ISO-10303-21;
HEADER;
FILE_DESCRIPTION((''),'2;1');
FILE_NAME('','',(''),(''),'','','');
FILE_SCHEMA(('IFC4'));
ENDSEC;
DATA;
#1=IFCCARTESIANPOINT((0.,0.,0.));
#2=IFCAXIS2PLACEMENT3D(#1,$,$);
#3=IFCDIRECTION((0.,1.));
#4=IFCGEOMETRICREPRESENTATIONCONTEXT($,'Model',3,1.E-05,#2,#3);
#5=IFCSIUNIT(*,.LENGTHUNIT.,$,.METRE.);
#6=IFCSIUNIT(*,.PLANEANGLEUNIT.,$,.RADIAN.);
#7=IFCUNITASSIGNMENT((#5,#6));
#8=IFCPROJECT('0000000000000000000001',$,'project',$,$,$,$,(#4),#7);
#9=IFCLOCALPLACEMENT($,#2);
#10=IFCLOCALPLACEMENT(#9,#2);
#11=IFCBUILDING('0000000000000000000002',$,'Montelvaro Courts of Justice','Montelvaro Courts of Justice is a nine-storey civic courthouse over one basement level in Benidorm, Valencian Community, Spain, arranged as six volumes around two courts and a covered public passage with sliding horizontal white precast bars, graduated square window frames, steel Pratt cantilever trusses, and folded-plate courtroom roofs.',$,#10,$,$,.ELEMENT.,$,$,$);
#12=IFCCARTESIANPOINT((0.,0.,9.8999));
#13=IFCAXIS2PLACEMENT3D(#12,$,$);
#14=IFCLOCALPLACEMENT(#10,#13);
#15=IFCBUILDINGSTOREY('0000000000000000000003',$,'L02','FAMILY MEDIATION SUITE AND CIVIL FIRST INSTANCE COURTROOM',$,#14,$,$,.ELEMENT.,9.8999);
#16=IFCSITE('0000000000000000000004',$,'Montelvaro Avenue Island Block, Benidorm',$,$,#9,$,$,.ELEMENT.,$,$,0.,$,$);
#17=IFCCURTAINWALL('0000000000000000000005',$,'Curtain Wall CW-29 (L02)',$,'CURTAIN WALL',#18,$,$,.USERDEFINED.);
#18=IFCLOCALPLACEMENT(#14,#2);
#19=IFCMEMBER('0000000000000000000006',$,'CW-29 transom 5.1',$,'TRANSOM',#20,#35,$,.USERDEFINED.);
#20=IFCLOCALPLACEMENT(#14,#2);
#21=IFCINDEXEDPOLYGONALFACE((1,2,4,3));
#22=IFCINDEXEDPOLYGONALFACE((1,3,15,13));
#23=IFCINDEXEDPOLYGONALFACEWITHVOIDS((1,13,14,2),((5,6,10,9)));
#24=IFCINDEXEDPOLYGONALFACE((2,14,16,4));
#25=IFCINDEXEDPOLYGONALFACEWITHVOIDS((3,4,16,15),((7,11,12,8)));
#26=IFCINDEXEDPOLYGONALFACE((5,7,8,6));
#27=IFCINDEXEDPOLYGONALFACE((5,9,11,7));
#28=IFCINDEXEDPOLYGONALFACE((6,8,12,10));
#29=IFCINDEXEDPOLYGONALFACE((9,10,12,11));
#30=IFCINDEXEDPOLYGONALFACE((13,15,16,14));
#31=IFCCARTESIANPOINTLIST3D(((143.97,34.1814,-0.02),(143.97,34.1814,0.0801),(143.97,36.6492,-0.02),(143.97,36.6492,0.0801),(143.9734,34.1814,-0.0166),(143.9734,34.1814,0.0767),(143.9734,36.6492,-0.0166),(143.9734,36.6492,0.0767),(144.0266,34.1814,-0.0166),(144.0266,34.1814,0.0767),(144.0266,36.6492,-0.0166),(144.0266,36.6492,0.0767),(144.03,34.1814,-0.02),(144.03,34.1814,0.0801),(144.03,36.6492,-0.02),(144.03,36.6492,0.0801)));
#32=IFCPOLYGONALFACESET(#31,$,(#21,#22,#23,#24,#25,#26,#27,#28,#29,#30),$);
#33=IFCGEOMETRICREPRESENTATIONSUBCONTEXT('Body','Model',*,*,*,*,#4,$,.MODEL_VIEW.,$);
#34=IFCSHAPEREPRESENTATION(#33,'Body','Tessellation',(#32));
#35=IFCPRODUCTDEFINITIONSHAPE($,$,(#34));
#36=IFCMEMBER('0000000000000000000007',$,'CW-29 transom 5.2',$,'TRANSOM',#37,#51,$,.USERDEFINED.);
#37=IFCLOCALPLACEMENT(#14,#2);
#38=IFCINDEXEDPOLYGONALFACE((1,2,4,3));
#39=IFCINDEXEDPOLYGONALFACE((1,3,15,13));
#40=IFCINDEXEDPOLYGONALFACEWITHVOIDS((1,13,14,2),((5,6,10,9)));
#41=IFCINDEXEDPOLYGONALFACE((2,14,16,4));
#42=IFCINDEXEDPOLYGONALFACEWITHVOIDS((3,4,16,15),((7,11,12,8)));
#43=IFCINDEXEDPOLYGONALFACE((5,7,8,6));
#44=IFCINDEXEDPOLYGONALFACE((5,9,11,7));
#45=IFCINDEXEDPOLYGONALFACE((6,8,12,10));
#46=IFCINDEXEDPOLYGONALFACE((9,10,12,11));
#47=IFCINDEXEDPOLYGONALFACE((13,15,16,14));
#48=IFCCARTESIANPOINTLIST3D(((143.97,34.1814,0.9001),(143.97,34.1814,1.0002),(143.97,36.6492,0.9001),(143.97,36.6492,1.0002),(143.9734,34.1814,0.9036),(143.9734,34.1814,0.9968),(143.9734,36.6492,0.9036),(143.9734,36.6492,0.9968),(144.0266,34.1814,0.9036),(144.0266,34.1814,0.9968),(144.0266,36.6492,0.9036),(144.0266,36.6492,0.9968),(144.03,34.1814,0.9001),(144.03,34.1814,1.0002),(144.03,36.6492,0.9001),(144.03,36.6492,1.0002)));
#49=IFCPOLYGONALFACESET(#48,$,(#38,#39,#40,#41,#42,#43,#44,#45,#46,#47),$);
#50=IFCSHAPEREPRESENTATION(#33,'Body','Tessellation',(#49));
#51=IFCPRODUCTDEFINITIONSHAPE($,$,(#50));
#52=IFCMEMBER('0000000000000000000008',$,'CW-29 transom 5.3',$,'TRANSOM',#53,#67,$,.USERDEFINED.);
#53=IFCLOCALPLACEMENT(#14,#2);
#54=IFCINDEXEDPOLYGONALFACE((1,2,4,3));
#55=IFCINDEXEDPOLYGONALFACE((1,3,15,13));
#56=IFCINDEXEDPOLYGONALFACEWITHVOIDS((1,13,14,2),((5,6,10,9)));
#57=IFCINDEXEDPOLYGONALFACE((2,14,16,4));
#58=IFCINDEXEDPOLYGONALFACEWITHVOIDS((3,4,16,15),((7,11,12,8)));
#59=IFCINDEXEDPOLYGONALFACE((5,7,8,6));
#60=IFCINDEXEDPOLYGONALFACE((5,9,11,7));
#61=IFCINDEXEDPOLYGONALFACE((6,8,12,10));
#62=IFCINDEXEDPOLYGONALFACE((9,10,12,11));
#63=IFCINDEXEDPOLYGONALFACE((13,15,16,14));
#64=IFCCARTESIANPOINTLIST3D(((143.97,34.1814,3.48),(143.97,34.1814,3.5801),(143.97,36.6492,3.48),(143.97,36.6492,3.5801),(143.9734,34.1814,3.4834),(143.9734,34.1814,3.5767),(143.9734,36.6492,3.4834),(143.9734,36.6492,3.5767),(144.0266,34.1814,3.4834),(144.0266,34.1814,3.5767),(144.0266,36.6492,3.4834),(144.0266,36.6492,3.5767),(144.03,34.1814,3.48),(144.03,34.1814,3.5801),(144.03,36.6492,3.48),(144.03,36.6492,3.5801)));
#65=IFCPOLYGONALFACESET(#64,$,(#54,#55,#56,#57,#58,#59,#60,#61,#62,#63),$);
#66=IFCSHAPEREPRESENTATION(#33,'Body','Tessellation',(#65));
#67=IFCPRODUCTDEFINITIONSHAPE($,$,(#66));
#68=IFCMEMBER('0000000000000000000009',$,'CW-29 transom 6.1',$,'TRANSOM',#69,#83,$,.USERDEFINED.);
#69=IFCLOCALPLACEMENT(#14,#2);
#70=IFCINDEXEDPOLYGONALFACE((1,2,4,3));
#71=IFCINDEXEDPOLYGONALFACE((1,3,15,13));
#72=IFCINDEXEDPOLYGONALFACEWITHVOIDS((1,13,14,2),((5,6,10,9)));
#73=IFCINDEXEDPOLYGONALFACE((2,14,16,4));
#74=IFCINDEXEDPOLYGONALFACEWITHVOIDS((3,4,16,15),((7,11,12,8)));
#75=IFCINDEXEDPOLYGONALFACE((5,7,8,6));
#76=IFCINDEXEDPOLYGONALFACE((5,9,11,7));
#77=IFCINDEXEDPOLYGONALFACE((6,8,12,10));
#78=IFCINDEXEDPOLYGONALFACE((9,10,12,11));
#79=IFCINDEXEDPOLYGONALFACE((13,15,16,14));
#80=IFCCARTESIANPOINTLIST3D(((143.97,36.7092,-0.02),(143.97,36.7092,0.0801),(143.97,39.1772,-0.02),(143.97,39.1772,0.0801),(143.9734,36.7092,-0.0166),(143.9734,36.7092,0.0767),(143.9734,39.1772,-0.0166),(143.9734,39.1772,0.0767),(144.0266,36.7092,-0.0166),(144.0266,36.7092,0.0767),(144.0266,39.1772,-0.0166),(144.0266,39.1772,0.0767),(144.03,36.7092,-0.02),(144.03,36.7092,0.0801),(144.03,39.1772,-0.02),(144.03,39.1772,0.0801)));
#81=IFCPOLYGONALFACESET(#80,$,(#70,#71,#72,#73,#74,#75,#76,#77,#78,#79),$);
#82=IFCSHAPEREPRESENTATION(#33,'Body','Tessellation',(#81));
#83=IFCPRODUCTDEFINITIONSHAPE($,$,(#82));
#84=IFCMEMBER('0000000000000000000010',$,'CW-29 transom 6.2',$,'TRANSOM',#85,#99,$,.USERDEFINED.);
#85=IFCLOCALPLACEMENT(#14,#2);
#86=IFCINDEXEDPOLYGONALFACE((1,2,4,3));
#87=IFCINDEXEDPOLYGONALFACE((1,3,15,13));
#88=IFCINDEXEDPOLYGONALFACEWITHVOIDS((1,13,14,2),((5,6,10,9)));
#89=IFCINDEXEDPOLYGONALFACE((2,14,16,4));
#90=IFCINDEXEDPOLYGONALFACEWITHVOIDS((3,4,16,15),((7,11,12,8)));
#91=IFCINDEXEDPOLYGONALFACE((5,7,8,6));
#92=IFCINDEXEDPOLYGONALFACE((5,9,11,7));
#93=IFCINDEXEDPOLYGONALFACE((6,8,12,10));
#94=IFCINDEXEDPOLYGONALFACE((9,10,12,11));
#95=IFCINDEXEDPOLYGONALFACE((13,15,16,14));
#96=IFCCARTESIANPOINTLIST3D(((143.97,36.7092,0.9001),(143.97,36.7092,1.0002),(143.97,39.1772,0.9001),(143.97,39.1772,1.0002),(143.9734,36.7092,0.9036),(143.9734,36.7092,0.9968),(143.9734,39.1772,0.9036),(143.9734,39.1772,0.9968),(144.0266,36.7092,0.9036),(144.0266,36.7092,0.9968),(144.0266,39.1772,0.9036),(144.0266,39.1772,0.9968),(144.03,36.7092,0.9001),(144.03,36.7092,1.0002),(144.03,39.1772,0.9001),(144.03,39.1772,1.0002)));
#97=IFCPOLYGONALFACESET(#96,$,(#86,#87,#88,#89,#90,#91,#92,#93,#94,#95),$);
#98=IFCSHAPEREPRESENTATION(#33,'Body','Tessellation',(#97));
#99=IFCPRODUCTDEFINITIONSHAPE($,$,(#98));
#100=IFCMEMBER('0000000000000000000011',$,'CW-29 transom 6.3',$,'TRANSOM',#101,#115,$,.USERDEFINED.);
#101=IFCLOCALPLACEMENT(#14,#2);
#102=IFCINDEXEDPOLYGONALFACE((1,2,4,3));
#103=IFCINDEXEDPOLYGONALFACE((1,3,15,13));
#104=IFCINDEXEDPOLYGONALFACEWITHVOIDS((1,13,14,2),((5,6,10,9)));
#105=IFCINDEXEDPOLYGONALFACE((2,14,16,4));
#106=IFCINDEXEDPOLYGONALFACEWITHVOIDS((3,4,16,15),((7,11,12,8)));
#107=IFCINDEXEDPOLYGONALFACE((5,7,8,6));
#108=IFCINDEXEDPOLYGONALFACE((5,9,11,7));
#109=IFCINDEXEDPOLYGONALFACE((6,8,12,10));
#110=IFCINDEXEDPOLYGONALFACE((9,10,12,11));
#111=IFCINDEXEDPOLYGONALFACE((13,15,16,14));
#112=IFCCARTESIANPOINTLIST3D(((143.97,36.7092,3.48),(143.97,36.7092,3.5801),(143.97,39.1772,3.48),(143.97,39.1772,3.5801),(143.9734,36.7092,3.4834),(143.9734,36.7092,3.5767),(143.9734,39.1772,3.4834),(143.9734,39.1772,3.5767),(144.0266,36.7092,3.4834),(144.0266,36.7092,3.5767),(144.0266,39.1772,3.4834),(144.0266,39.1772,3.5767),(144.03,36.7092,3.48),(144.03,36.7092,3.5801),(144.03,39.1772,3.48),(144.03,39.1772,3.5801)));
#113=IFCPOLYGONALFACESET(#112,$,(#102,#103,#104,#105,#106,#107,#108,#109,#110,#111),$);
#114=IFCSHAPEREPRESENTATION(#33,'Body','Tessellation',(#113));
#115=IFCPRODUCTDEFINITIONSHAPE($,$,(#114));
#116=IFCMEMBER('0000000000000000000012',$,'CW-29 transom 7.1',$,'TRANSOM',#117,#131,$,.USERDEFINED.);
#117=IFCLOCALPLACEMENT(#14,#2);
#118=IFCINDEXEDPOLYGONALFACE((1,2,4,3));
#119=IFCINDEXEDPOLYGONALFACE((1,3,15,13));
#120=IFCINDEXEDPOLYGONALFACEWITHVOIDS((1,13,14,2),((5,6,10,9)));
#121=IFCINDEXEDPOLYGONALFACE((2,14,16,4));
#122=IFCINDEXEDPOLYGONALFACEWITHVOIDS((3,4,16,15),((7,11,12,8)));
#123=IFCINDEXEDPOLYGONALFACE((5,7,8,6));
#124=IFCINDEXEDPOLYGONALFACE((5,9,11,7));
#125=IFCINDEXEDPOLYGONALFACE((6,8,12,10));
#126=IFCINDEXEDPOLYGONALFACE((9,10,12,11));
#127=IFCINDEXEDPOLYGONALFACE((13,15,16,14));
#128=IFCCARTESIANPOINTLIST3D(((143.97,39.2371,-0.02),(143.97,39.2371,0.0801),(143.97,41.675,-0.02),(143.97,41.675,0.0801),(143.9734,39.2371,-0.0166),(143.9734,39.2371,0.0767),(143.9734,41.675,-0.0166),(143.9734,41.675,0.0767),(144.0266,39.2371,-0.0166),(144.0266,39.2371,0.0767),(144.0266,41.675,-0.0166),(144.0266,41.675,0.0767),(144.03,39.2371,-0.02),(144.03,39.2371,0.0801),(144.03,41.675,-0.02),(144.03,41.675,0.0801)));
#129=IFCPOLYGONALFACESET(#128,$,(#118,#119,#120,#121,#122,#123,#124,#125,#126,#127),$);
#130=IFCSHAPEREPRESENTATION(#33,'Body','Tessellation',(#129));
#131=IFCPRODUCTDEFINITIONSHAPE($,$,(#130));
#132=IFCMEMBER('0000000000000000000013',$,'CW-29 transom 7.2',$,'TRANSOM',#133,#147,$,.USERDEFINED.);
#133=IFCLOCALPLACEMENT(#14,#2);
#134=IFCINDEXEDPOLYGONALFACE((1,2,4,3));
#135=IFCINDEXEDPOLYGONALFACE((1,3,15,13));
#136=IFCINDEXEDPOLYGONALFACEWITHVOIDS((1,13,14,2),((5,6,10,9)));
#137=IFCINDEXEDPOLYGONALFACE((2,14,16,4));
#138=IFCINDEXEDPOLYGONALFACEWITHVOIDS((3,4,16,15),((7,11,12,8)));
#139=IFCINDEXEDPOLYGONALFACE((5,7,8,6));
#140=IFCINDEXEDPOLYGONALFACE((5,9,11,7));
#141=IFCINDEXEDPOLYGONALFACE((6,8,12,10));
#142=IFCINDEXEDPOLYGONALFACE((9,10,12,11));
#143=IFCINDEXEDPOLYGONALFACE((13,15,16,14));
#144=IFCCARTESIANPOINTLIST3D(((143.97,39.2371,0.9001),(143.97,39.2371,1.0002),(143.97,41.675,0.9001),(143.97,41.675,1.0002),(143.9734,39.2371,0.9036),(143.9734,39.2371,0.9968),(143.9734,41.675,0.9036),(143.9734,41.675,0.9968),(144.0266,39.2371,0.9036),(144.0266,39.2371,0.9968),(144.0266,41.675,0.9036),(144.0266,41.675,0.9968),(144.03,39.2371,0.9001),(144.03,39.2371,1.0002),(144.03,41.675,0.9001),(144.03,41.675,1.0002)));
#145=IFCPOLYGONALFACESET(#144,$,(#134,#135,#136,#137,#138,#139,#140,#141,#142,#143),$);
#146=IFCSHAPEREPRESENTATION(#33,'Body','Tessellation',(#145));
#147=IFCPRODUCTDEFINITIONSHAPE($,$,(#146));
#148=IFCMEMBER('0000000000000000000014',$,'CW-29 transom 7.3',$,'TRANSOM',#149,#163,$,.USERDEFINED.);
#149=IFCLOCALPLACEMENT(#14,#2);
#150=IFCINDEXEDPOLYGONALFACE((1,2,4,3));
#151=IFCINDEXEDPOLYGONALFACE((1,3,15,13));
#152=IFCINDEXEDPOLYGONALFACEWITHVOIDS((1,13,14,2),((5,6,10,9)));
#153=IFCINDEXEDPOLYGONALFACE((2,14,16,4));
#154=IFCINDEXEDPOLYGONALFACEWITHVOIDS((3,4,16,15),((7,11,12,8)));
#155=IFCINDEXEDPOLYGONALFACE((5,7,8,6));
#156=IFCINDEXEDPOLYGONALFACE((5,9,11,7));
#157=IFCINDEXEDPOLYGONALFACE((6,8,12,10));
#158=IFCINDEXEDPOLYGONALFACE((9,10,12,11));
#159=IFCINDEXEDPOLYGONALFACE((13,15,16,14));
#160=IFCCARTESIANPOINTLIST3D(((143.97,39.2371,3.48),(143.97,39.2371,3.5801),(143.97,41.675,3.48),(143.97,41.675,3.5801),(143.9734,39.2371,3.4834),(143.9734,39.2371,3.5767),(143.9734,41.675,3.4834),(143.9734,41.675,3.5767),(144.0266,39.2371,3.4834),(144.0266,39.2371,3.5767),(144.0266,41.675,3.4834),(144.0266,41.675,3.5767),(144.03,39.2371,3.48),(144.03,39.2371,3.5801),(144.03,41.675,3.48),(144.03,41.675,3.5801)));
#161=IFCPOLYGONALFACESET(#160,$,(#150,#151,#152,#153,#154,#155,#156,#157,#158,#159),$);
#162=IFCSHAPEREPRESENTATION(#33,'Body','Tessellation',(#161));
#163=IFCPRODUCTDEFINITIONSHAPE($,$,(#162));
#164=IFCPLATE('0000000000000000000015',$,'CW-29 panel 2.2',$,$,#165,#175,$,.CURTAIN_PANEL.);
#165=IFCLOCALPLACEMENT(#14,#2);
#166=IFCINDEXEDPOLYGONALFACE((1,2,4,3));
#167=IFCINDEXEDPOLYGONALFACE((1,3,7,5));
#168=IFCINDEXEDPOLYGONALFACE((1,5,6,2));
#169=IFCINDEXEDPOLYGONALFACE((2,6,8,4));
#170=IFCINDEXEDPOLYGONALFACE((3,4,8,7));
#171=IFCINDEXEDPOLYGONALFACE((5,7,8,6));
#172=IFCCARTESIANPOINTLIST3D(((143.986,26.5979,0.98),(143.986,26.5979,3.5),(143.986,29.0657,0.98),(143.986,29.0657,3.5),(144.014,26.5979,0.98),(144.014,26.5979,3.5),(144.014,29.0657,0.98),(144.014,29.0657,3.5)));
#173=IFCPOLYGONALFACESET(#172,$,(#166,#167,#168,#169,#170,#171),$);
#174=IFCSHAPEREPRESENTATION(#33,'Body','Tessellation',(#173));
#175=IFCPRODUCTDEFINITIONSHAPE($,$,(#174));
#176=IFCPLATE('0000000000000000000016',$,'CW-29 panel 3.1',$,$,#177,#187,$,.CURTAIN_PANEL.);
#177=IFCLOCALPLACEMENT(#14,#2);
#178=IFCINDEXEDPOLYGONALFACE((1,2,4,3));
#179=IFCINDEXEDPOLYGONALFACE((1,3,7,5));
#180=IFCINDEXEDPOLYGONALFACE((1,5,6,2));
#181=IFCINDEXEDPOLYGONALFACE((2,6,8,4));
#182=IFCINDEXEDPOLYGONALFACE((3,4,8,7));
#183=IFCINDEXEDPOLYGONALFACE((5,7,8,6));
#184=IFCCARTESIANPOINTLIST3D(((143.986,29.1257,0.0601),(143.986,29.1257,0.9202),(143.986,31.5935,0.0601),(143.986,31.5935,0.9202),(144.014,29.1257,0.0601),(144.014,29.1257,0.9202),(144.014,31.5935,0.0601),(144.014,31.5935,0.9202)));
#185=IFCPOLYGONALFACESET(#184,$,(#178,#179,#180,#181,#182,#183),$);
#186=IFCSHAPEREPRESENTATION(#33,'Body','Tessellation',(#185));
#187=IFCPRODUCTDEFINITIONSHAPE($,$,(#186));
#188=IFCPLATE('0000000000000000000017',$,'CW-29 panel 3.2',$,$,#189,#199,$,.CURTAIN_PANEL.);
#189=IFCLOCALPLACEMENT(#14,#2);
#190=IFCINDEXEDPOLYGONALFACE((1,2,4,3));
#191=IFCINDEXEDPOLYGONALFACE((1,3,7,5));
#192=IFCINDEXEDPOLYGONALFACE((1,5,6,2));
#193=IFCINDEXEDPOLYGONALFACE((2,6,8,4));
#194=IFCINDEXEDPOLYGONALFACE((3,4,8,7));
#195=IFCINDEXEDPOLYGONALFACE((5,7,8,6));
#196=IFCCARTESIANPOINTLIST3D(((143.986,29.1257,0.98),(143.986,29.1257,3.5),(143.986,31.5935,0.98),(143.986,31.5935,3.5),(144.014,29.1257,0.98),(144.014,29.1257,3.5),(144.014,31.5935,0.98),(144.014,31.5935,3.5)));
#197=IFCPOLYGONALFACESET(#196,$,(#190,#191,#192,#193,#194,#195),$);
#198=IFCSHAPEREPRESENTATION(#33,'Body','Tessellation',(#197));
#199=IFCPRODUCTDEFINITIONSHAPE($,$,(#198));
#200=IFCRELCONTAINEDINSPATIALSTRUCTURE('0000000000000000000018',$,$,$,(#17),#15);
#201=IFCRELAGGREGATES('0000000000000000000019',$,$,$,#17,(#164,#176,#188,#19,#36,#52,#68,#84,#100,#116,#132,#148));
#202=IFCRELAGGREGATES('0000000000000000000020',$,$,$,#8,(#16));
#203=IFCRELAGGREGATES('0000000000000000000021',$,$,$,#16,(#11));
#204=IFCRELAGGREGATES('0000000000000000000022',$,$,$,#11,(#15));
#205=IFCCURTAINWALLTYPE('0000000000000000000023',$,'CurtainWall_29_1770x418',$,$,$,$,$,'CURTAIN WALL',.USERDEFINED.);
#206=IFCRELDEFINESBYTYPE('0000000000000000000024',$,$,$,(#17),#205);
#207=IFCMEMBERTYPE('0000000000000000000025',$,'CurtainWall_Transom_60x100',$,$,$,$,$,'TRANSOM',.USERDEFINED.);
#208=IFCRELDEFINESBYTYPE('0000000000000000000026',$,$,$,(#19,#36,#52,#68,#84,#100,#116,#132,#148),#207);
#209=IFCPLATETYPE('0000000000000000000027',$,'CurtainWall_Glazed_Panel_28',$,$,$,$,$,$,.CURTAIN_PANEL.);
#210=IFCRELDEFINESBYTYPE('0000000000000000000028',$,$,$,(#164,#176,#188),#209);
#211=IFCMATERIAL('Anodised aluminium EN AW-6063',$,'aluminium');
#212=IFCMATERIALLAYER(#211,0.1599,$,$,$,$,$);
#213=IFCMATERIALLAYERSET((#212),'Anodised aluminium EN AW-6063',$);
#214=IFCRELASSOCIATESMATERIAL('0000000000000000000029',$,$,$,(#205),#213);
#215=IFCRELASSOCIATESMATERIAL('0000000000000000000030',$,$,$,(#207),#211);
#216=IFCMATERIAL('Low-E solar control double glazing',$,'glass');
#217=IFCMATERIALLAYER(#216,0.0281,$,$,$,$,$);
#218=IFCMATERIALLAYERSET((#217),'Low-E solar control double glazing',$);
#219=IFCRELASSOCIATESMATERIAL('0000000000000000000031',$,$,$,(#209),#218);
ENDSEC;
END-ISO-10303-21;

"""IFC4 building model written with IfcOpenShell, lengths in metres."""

from ifc_helpers import new_model, si_unit, direction, frame, origin, origin_2d, place, context, subcontext, project, spatial, rectangle, hollow_rectangle, extrude, material, layer, layer_set, material_profile, profile_set, type_object, element, aggregate, save


model = new_model("IFC4")

# Units and contexts
model_context = context("Model", 3, precision=1e-05, world=origin(), true_north=direction((0.0, 1.0)))
body_context = subcontext(model_context, "Body", "Model", "MODEL_VIEW")
ifc_project = project(units=[si_unit("LENGTHUNIT", "METRE"), si_unit("PLANEANGLEUNIT", "RADIAN")], contexts=[model_context])

# Site, building, storey
site_placement = place(None, origin())
site = spatial("IfcSite", under=ifc_project, at=site_placement, Name="Montelvaro Avenue Island Block, Benidorm", CompositionType="ELEMENT", RefElevation=0.0)
building_placement = place(site_placement, origin())
building = spatial("IfcBuilding", under=site, at=building_placement, Name="Montelvaro Courts of Justice", Description="Montelvaro Courts of Justice is a nine-storey civic courthouse over one basement level in Benidorm, Valencian Community, Spain, arranged as six volumes around two courts and a covered public passage with sliding horizontal white precast bars, graduated square window frames, steel Pratt cantilever trusses, and folded-plate courtroom roofs.", CompositionType="ELEMENT")
storey_placement = place(building_placement, frame((0.0, 0.0, 9.8999)))
storey = spatial("IfcBuildingStorey", under=building, at=storey_placement, Name="L02", Description="FAMILY MEDIATION SUITE AND CIVIL FIRST INSTANCE COURTROOM", CompositionType="ELEMENT", Elevation=9.8999)

# Curtain wall, members, plates
ifc_material_1 = material(Name="Anodised aluminium EN AW-6063", Category="aluminium")
ifc_layer_1 = layer(ifc_material_1, 0.1599)
ifc_layer_set_1 = layer_set([ifc_layer_1], Name="Anodised aluminium EN AW-6063")
curtain_wall_type = type_object("IfcCurtainWallType", Name="CurtainWall_29_1770x418", ElementType="CURTAIN WALL", PredefinedType="USERDEFINED", material=ifc_layer_set_1)
curtain_wall_placement = place(storey_placement, origin())
curtain_wall = element("IfcCurtainWall", 1, at=curtain_wall_placement, inside=storey, type_object=curtain_wall_type, Name="Curtain Wall CW-29 (L02)", ObjectType="CURTAIN WALL", PredefinedType="USERDEFINED")
ifc_material_profile_1 = material_profile(ifc_material_1, hollow_rectangle(XDim=0.0601, YDim=0.1001, WallThickness=0.0034, at=origin_2d()), Name="ALU-T 60x100")
ifc_profile_set_1 = profile_set([ifc_material_profile_1], Name="Anodised aluminium EN AW-6063")
member_type_1 = type_object("IfcMemberType", Name="CurtainWall_Transom_60x100", ElementType="TRANSOM", PredefinedType="USERDEFINED", material=ifc_profile_set_1)
member_1_placement = place(storey_placement, frame((144.0, 34.1814, 0.03), z_axis=(0.0, 1.0, 0.0), x_axis=(-1.0, 0.0, 0.0)))
member_1 = element("IfcMember", 2, at=member_1_placement, type_object=member_type_1, Name="CW-29 transom 5.1", ObjectType="TRANSOM", PredefinedType="USERDEFINED", context=body_context, shape_type="SweptSolid", body=[
    extrude(hollow_rectangle(XDim=0.0601, YDim=0.1001, WallThickness=0.0034, at=origin_2d()), origin(), (0.0, 0.0, 1.0), 2.4678),
])
member_2_placement = place(storey_placement, frame((144.0, 34.1814, 0.9502), z_axis=(0.0, 1.0, 0.0), x_axis=(-1.0, 0.0, 0.0)))
member_2 = element("IfcMember", 3, at=member_2_placement, type_object=member_type_1, Name="CW-29 transom 5.2", ObjectType="TRANSOM", PredefinedType="USERDEFINED", context=body_context, shape_type="SweptSolid", body=[
    extrude(hollow_rectangle(XDim=0.0601, YDim=0.1001, WallThickness=0.0034, at=origin_2d()), origin(), (0.0, 0.0, 1.0), 2.4678),
])
member_3_placement = place(storey_placement, frame((144.0, 34.1814, 3.53), z_axis=(0.0, 1.0, 0.0), x_axis=(-1.0, 0.0, 0.0)))
member_3 = element("IfcMember", 4, at=member_3_placement, type_object=member_type_1, Name="CW-29 transom 5.3", ObjectType="TRANSOM", PredefinedType="USERDEFINED", context=body_context, shape_type="SweptSolid", body=[
    extrude(hollow_rectangle(XDim=0.0601, YDim=0.1001, WallThickness=0.0034, at=origin_2d()), origin(), (0.0, 0.0, 1.0), 2.4678),
])
member_4_placement = place(storey_placement, frame((144.0, 36.7092, 0.03), z_axis=(0.0, 1.0, 0.0), x_axis=(-1.0, 0.0, 0.0)))
member_4 = element("IfcMember", 5, at=member_4_placement, type_object=member_type_1, Name="CW-29 transom 6.1", ObjectType="TRANSOM", PredefinedType="USERDEFINED", context=body_context, shape_type="SweptSolid", body=[
    extrude(hollow_rectangle(XDim=0.0601, YDim=0.1001, WallThickness=0.0034, at=origin_2d()), origin(), (0.0, 0.0, 1.0), 2.468),
])
member_5_placement = place(storey_placement, frame((144.0, 36.7092, 0.9502), z_axis=(0.0, 1.0, 0.0), x_axis=(-1.0, 0.0, 0.0)))
member_5 = element("IfcMember", 6, at=member_5_placement, type_object=member_type_1, Name="CW-29 transom 6.2", ObjectType="TRANSOM", PredefinedType="USERDEFINED", context=body_context, shape_type="SweptSolid", body=[
    extrude(hollow_rectangle(XDim=0.0601, YDim=0.1001, WallThickness=0.0034, at=origin_2d()), origin(), (0.0, 0.0, 1.0), 2.468),
])
member_6_placement = place(storey_placement, frame((144.0, 36.7092, 3.53), z_axis=(0.0, 1.0, 0.0), x_axis=(-1.0, 0.0, 0.0)))
member_6 = element("IfcMember", 7, at=member_6_placement, type_object=member_type_1, Name="CW-29 transom 6.3", ObjectType="TRANSOM", PredefinedType="USERDEFINED", context=body_context, shape_type="SweptSolid", body=[
    extrude(hollow_rectangle(XDim=0.0601, YDim=0.1001, WallThickness=0.0034, at=origin_2d()), origin(), (0.0, 0.0, 1.0), 2.468),
])
member_7_placement = place(storey_placement, frame((144.0, 39.2371, 0.03), z_axis=(0.0, 1.0, 0.0), x_axis=(-1.0, 0.0, 0.0)))
member_7 = element("IfcMember", 8, at=member_7_placement, type_object=member_type_1, Name="CW-29 transom 7.1", ObjectType="TRANSOM", PredefinedType="USERDEFINED", context=body_context, shape_type="SweptSolid", body=[
    extrude(hollow_rectangle(XDim=0.0601, YDim=0.1001, WallThickness=0.0034, at=origin_2d()), origin(), (0.0, 0.0, 1.0), 2.438),
])
member_8_placement = place(storey_placement, frame((144.0, 39.2371, 0.9502), z_axis=(0.0, 1.0, 0.0), x_axis=(-1.0, 0.0, 0.0)))
member_8 = element("IfcMember", 9, at=member_8_placement, type_object=member_type_1, Name="CW-29 transom 7.2", ObjectType="TRANSOM", PredefinedType="USERDEFINED", context=body_context, shape_type="SweptSolid", body=[
    extrude(hollow_rectangle(XDim=0.0601, YDim=0.1001, WallThickness=0.0034, at=origin_2d()), origin(), (0.0, 0.0, 1.0), 2.438),
])
member_9_placement = place(storey_placement, frame((144.0, 39.2371, 3.53), z_axis=(0.0, 1.0, 0.0), x_axis=(-1.0, 0.0, 0.0)))
member_9 = element("IfcMember", 10, at=member_9_placement, type_object=member_type_1, Name="CW-29 transom 7.3", ObjectType="TRANSOM", PredefinedType="USERDEFINED", context=body_context, shape_type="SweptSolid", body=[
    extrude(hollow_rectangle(XDim=0.0601, YDim=0.1001, WallThickness=0.0034, at=origin_2d()), origin(), (0.0, 0.0, 1.0), 2.438),
])
ifc_material_2 = material(Name="Low-E solar control double glazing", Category="glass")
ifc_layer_2 = layer(ifc_material_2, 0.0281)
ifc_layer_set_2 = layer_set([ifc_layer_2], Name="Low-E solar control double glazing")
plate_type = type_object("IfcPlateType", Name="CurtainWall_Glazed_Panel_28", PredefinedType="CURTAIN_PANEL", material=ifc_layer_set_2)
plate_1_placement = place(storey_placement, frame((144.0, 27.8318, 0.98), z_axis=(0.0, 0.0, 1.0), x_axis=(0.0, 1.0, 0.0)))
plate_1 = element("IfcPlate", 11, at=plate_1_placement, type_object=plate_type, Name="CW-29 panel 2.2", PredefinedType="CURTAIN_PANEL", context=body_context, shape_type="SweptSolid", body=[
    extrude(rectangle(XDim=2.4678, YDim=0.0281, at=origin_2d()), origin(), (0.0, 0.0, 1.0), 2.52),
])
plate_2_placement = place(storey_placement, frame((144.0, 30.3596, 0.0601), z_axis=(0.0, 0.0, 1.0), x_axis=(0.0, 1.0, 0.0)))
plate_2 = element("IfcPlate", 12, at=plate_2_placement, type_object=plate_type, Name="CW-29 panel 3.1", PredefinedType="CURTAIN_PANEL", context=body_context, shape_type="SweptSolid", body=[
    extrude(rectangle(XDim=2.4678, YDim=0.0281, at=origin_2d()), origin(), (0.0, 0.0, 1.0), 0.8601),
])
plate_3_placement = place(storey_placement, frame((144.0, 30.3596, 0.98), z_axis=(0.0, 0.0, 1.0), x_axis=(0.0, 1.0, 0.0)))
plate_3 = element("IfcPlate", 13, at=plate_3_placement, type_object=plate_type, Name="CW-29 panel 3.2", PredefinedType="CURTAIN_PANEL", context=body_context, shape_type="SweptSolid", body=[
    extrude(rectangle(XDim=2.4678, YDim=0.0281, at=origin_2d()), origin(), (0.0, 0.0, 1.0), 2.52),
])
aggregate(curtain_wall, [plate_1, plate_2, plate_3, member_1, member_2, member_3, member_4, member_5, member_6, member_7, member_8, member_9])

save(model, "model.ifc")
